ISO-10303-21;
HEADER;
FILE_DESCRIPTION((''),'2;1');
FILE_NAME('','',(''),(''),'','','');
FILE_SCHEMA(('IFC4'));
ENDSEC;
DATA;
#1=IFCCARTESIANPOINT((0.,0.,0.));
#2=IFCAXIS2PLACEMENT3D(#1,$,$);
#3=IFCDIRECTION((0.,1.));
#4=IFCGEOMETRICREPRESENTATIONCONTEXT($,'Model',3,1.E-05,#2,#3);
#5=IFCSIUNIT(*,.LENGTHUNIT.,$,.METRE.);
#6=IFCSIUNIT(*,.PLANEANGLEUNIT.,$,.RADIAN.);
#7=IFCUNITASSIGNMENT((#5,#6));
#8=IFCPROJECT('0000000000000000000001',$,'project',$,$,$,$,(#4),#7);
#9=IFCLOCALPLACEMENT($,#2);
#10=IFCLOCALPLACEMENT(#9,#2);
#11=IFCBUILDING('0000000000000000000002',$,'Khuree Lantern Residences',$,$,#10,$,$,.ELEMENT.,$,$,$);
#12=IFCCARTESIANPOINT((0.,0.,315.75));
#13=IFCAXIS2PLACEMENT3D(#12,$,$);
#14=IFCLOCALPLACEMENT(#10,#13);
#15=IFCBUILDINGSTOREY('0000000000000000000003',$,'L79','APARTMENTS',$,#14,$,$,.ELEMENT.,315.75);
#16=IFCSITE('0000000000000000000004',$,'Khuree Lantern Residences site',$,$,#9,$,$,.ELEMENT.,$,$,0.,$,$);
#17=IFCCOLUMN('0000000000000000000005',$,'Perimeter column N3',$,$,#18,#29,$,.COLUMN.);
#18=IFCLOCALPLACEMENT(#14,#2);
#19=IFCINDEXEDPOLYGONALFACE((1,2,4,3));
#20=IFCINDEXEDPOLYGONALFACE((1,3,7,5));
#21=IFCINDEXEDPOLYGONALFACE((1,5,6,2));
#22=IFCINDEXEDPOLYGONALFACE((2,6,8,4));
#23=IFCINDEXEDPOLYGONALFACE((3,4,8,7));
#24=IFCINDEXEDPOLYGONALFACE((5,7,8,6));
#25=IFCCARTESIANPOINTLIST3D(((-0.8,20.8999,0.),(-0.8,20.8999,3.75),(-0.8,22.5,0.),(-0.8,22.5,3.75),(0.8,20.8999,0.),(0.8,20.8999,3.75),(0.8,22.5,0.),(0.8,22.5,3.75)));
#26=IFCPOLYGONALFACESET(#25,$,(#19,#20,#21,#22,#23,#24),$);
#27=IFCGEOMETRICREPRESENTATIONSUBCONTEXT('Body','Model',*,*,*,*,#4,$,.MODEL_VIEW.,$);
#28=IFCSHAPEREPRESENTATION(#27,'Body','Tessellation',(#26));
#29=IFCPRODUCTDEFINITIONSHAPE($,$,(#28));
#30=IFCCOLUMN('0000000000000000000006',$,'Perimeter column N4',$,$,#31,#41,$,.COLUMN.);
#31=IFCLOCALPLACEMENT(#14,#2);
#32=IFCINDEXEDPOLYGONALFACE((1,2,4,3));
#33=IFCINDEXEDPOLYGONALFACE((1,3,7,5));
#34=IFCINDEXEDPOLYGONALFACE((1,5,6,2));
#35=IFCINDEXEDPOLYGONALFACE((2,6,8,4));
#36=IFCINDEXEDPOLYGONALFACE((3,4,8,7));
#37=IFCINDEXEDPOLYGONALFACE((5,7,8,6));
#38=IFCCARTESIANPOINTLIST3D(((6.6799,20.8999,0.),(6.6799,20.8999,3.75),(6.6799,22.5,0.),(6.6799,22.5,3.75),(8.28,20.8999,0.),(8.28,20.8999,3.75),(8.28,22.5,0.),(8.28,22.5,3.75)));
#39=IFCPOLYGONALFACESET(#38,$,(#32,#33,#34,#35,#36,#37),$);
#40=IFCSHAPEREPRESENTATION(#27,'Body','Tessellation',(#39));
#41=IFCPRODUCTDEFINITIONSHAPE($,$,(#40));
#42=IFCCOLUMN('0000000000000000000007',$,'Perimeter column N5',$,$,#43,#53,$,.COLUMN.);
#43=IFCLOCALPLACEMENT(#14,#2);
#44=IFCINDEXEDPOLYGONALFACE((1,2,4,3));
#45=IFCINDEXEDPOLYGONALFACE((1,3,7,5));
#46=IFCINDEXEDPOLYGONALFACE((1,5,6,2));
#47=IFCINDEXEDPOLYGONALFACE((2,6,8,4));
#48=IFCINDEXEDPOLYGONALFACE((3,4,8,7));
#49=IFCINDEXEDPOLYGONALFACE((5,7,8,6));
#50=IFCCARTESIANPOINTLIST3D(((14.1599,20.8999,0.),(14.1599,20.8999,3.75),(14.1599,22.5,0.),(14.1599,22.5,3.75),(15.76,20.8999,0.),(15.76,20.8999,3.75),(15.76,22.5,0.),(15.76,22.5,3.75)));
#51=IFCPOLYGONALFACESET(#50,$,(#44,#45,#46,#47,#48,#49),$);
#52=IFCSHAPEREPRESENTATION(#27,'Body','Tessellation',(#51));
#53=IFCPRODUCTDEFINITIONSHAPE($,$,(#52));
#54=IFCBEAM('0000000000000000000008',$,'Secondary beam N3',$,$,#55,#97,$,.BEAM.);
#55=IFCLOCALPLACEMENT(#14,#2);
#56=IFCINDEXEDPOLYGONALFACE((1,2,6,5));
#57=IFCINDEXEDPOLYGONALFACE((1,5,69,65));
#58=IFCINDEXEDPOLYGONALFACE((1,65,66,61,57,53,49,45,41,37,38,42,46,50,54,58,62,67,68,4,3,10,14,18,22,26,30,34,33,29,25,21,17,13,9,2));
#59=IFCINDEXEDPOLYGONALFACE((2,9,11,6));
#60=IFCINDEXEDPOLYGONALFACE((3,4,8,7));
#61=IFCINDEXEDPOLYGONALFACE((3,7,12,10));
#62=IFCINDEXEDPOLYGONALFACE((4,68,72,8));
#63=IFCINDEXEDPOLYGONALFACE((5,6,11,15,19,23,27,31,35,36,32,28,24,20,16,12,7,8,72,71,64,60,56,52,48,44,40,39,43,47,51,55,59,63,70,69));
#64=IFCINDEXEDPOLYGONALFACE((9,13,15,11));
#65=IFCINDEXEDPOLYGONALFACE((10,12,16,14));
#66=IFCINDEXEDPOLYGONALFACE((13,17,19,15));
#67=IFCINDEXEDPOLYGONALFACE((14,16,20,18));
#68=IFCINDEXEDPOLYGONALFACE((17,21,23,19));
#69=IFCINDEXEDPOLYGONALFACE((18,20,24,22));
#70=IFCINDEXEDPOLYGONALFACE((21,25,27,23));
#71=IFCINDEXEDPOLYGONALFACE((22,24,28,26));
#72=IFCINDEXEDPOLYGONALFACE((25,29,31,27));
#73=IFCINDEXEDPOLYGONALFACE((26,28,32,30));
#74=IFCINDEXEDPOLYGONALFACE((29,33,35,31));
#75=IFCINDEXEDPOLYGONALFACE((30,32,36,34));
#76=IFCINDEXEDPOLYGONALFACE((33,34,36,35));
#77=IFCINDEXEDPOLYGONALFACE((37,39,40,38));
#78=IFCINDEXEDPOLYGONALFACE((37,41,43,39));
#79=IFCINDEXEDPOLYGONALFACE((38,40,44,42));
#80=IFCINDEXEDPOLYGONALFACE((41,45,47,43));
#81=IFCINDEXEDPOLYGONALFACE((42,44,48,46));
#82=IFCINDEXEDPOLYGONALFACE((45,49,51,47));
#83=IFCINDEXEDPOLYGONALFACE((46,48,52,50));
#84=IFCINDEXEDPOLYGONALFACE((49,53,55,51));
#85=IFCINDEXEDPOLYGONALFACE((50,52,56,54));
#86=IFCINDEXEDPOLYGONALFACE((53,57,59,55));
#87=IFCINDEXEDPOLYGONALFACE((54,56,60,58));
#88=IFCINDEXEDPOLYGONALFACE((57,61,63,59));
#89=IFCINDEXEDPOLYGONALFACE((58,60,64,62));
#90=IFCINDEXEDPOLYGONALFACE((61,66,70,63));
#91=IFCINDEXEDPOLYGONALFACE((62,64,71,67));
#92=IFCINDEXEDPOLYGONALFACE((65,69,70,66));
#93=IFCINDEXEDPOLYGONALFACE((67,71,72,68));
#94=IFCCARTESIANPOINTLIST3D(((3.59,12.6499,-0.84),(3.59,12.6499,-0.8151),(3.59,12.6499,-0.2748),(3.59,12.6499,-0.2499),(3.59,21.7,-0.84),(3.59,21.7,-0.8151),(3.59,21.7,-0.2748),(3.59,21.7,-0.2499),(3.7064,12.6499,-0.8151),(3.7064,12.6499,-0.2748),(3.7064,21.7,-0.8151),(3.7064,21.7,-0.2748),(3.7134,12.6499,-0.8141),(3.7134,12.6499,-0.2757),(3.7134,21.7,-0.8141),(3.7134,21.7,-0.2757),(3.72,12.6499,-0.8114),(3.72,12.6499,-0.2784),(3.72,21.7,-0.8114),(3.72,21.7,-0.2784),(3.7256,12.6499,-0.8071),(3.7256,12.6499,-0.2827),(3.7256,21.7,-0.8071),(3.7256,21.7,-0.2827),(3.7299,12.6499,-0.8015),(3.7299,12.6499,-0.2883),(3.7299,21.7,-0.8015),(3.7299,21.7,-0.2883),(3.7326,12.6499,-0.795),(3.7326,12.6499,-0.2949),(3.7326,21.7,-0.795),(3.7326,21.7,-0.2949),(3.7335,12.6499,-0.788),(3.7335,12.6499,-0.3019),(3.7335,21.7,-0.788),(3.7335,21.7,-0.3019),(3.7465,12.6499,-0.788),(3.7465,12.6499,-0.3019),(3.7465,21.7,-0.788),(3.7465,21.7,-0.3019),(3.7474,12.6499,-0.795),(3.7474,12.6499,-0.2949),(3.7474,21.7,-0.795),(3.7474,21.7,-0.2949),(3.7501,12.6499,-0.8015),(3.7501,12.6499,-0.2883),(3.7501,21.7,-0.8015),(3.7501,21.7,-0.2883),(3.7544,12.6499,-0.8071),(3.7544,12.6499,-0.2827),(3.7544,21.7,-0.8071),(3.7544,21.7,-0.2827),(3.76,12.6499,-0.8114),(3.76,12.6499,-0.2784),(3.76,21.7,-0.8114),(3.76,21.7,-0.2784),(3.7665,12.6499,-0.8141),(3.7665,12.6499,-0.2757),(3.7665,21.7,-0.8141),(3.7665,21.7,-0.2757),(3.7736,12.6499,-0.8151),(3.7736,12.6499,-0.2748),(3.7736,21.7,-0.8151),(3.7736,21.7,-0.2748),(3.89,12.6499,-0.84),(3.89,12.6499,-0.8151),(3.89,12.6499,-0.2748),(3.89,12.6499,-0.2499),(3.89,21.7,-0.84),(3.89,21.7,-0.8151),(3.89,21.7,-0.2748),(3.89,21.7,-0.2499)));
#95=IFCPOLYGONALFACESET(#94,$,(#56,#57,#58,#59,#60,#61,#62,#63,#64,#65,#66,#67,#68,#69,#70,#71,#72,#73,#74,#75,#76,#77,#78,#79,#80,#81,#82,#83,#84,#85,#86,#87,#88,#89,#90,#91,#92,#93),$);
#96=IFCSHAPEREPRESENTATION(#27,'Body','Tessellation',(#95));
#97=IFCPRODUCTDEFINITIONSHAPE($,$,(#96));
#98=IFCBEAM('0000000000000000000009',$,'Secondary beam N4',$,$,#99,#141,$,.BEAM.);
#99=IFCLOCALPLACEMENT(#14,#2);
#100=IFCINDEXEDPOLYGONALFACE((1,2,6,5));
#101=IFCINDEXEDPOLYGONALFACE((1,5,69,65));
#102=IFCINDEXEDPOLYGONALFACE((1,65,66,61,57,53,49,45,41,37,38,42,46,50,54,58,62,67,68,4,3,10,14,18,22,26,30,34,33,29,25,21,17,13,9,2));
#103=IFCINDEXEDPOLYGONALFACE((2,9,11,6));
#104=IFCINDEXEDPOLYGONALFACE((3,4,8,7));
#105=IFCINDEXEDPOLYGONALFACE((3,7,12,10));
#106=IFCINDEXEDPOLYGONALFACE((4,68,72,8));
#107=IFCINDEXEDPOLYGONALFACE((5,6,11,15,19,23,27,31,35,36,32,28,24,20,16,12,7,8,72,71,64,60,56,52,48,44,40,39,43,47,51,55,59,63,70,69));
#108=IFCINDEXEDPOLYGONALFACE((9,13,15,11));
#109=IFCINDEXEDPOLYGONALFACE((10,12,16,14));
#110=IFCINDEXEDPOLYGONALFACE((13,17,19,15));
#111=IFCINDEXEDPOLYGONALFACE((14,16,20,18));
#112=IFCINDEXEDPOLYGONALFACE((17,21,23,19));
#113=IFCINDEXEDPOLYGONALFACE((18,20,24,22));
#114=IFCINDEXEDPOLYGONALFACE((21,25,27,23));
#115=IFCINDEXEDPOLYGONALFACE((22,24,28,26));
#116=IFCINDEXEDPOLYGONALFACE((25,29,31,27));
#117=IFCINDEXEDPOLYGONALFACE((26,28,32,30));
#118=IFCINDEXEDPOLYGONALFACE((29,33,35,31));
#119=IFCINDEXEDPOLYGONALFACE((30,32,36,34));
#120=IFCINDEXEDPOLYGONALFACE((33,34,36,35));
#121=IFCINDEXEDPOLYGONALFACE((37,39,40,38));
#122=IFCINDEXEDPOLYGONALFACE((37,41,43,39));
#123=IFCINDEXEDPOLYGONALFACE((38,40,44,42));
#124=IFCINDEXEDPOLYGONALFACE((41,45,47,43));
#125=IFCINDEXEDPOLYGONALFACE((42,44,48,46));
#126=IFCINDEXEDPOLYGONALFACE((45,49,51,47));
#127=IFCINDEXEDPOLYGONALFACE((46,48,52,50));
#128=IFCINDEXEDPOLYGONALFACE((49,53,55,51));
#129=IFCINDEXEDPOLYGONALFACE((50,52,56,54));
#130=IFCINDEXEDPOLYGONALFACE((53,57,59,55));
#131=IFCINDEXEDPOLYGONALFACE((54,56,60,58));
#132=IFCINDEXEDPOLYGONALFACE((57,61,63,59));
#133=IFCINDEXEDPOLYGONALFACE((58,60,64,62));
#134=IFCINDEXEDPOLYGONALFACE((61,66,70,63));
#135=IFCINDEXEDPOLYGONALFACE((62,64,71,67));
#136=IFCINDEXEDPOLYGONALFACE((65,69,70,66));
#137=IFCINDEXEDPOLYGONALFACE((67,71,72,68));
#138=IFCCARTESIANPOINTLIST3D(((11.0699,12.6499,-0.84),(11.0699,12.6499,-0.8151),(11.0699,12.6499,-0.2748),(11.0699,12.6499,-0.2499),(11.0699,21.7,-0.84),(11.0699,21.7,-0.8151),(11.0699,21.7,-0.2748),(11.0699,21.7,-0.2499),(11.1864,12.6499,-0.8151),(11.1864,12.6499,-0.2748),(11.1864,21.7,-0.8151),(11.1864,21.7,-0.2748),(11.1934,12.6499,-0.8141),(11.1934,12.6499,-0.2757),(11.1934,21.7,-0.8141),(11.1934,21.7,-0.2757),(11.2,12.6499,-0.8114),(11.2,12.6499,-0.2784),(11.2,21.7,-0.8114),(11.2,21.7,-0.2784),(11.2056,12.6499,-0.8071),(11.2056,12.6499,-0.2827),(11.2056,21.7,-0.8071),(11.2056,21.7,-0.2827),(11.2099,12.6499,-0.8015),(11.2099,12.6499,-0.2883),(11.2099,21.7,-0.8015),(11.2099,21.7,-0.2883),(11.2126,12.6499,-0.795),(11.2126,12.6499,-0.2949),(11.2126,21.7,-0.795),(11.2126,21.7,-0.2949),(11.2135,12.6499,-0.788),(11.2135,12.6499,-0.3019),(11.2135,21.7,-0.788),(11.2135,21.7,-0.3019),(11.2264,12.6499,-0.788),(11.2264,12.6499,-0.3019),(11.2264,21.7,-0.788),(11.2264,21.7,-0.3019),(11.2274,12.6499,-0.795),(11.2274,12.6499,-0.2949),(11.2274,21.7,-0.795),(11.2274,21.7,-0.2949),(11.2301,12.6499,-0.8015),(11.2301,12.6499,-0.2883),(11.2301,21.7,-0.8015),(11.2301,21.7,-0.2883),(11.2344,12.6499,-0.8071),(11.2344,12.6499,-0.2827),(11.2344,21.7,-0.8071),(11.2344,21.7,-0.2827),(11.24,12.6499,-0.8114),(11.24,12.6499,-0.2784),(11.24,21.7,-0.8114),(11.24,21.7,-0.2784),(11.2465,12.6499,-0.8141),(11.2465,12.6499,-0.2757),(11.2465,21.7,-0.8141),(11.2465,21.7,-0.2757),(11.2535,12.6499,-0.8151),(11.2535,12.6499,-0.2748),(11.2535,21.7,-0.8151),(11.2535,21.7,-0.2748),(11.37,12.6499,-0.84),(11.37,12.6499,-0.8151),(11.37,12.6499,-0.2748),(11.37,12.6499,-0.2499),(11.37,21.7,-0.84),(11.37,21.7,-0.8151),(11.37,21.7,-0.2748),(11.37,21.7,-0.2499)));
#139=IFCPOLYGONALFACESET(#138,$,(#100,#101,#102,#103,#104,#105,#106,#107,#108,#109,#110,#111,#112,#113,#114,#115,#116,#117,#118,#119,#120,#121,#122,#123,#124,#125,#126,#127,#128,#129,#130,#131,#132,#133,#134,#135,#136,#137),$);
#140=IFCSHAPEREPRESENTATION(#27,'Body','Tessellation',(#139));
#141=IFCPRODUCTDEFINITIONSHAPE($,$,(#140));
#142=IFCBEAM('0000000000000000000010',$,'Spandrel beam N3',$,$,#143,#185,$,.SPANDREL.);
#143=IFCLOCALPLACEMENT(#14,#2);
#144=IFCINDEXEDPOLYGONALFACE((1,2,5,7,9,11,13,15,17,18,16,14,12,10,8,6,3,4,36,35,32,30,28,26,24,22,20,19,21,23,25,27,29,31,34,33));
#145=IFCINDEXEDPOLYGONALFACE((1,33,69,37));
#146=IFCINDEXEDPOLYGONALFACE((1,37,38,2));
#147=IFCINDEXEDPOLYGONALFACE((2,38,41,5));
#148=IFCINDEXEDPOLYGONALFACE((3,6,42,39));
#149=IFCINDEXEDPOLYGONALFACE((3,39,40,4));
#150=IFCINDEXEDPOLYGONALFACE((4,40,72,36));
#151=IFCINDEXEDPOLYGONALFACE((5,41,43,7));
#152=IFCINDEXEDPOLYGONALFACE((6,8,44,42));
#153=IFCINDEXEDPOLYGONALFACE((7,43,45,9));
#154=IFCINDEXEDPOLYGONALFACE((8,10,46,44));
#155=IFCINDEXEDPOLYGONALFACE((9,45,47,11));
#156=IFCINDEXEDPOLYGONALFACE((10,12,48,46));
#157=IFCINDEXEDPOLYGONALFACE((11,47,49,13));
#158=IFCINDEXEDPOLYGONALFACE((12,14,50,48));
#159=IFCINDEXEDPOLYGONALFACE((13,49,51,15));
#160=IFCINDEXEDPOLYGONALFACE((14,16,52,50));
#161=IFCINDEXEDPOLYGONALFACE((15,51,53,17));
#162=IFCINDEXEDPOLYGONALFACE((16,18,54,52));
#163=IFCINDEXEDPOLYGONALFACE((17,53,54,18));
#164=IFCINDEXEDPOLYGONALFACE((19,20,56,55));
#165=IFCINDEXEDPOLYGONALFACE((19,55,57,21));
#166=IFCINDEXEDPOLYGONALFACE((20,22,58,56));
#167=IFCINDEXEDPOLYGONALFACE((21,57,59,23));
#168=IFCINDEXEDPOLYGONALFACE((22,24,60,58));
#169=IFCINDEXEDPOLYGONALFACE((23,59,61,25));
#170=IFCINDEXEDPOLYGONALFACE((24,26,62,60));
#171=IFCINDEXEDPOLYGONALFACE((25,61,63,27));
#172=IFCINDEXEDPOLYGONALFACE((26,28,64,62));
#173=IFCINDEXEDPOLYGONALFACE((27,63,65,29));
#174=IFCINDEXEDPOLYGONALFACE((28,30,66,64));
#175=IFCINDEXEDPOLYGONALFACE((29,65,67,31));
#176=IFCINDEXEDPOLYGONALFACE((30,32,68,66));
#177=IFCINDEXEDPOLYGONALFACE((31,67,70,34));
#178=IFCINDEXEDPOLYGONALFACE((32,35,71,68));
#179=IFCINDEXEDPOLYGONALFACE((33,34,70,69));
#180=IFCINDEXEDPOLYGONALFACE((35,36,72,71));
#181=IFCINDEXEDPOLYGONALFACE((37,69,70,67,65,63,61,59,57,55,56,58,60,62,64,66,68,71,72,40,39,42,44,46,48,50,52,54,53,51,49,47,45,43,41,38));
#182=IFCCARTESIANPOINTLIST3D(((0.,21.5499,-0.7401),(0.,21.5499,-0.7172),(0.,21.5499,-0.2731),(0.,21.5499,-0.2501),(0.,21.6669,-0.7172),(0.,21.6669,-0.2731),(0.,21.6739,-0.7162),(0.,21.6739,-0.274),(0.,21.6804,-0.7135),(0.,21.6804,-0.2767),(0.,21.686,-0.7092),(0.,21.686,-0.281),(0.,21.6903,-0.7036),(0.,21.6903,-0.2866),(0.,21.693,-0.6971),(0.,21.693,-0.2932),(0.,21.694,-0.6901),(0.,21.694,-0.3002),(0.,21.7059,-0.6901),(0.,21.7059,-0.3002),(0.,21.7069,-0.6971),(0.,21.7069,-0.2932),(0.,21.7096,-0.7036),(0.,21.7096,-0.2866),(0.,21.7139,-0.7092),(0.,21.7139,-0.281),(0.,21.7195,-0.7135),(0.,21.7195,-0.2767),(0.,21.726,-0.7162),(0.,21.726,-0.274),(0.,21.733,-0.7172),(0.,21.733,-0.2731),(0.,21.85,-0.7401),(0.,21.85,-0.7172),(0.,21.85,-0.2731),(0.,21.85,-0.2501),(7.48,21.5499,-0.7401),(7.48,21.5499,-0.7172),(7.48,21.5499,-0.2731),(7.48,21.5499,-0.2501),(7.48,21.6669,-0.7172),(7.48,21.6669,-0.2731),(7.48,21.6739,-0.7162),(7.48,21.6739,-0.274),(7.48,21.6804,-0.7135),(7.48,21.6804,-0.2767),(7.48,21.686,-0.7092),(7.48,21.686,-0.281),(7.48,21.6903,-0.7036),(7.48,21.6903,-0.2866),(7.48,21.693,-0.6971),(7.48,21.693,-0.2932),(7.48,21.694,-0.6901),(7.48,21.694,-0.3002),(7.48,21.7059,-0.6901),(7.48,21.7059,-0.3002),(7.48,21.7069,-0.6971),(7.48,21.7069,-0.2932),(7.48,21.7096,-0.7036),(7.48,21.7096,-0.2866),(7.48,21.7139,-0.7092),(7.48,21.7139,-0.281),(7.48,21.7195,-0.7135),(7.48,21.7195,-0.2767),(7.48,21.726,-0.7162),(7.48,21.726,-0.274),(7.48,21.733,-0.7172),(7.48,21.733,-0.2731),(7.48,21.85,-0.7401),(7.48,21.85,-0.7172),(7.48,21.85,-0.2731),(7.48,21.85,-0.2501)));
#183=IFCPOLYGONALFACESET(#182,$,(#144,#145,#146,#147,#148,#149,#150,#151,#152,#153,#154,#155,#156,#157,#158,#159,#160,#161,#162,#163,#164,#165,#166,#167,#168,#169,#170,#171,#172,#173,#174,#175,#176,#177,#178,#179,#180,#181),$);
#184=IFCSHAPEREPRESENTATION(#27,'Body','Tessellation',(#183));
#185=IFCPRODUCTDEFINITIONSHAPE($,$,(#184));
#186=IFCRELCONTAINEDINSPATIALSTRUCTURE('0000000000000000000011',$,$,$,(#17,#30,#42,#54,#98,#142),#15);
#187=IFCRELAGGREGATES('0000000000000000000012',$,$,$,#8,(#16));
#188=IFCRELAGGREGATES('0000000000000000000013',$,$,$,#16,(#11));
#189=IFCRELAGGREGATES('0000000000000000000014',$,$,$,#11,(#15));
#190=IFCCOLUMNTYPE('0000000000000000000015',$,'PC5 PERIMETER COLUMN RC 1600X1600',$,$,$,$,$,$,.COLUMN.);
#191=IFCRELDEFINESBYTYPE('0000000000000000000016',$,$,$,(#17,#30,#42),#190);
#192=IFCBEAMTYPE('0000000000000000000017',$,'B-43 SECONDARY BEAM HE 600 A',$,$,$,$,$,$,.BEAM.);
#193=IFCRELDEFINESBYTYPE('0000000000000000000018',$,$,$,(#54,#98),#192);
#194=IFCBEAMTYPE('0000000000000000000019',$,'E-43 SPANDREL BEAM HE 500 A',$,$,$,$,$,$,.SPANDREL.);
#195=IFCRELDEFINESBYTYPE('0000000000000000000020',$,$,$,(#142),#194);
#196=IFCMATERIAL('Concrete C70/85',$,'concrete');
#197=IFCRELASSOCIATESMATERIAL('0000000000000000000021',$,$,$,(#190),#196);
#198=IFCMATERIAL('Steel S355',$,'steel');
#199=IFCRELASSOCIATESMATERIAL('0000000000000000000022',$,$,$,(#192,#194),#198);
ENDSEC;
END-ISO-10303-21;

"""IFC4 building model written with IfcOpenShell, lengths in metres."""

from ifc_helpers import new_model, si_unit, direction, frame, origin, origin_2d, place, context, subcontext, project, spatial, rectangle, i_section, extrude, material, material_profile, profile_set, type_object, element, save


model = new_model("IFC4")

# Units and contexts
model_context = context("Model", 3, precision=1e-05, world=origin(), true_north=direction((0.0, 1.0)))
body_context = subcontext(model_context, "Body", "Model", "MODEL_VIEW")
ifc_project = project(units=[si_unit("LENGTHUNIT", "METRE"), si_unit("PLANEANGLEUNIT", "RADIAN")], contexts=[model_context])

# Site, building, storey
site_placement = place(None, origin())
site = spatial("IfcSite", under=ifc_project, at=site_placement, Name="Khuree Lantern Residences site", CompositionType="ELEMENT", RefElevation=0.0)
building_placement = place(site_placement, origin())
building = spatial("IfcBuilding", under=site, at=building_placement, Name="Khuree Lantern Residences", CompositionType="ELEMENT")
storey_placement = place(building_placement, frame((0.0, 0.0, 315.75)))
storey = spatial("IfcBuildingStorey", under=building, at=storey_placement, Name="L79", Description="APARTMENTS", CompositionType="ELEMENT", Elevation=315.75)

# Columns
ifc_material_1 = material(Name="Concrete C70/85", Category="concrete")
ifc_material_profile_1 = material_profile(ifc_material_1, rectangle(XDim=1.6001, YDim=1.6001, at=origin_2d()), Name="RC 1600X1600")
ifc_profile_set_1 = profile_set([ifc_material_profile_1], Name="Concrete C70/85")
column_type = type_object("IfcColumnType", Name="PC5 PERIMETER COLUMN RC 1600X1600", PredefinedType="COLUMN", material=ifc_profile_set_1)
for number, where, z_axis, x_axis, name in (
    (1, (0.0, 21.7, 0.0), (0.0, 0.0, 1.0), (1.0, 0.0, 0.0), "Perimeter column N3"),
    (2, (7.48, 21.7, 0.0), (0.0, 0.0, 1.0), (1.0, 0.0, 0.0), "Perimeter column N4"),
    (3, (14.96, 21.7, 0.0), (0.0, 0.0, 1.0), (1.0, 0.0, 0.0), "Perimeter column N5"),
):
    element("IfcColumn", number, at=place(storey_placement, frame(where, z_axis=z_axis, x_axis=x_axis)), inside=storey, type_object=column_type, Name=name, PredefinedType="COLUMN", context=body_context, shape_type="SweptSolid", body=[
        extrude(rectangle(XDim=1.6001, YDim=1.6001, at=origin_2d()), origin(), (0.0, 0.0, 1.0), 3.75),
    ])

# Beams
ifc_material_2 = material(Name="Steel S355", Category="steel")
ifc_material_profile_2 = material_profile(ifc_material_2, i_section(OverallWidth=0.3, OverallDepth=0.5901, WebThickness=0.0129, FlangeThickness=0.0249, FilletRadius=0.0271, at=origin_2d()), Name="HE 600 A")
ifc_profile_set_2 = profile_set([ifc_material_profile_2], Name="Steel S355")
beam_type_1 = type_object("IfcBeamType", Name="B-43 SECONDARY BEAM HE 600 A", PredefinedType="BEAM", material=ifc_profile_set_2)
for number, where, z_axis, x_axis, name in (
    (4, (3.74, 21.7, -0.5449), (0.0, -1.0, 0.0), (1.0, 0.0, 0.0), "Secondary beam N3"),
    (5, (11.22, 21.7, -0.5449), (0.0, -1.0, 0.0), (1.0, 0.0, 0.0), "Secondary beam N4"),
):
    element("IfcBeam", number, at=place(storey_placement, frame(where, z_axis=z_axis, x_axis=x_axis)), inside=storey, type_object=beam_type_1, Name=name, PredefinedType="BEAM", context=body_context, shape_type="SweptSolid", body=[
        extrude(i_section(OverallWidth=0.3, OverallDepth=0.5901, WebThickness=0.0129, FlangeThickness=0.0249, FilletRadius=0.0271, at=origin_2d()), origin(), (0.0, 0.0, 1.0), 9.05),
    ])
ifc_material_profile_3 = material_profile(ifc_material_2, i_section(OverallWidth=0.3, OverallDepth=0.49, WebThickness=0.012, FlangeThickness=0.0229, FilletRadius=0.0271, at=origin_2d()), Name="HE 500 A")
ifc_profile_set_3 = profile_set([ifc_material_profile_3], Name="Steel S355")
beam_type_2 = type_object("IfcBeamType", Name="E-43 SPANDREL BEAM HE 500 A", PredefinedType="SPANDREL", material=ifc_profile_set_3)
for number, where, z_axis, x_axis, name in (
    (6, (0.0, 21.7, -0.4951), (1.0, 0.0, 0.0), (0.0, 1.0, 0.0), "Spandrel beam N3"),
):
    element("IfcBeam", number, at=place(storey_placement, frame(where, z_axis=z_axis, x_axis=x_axis)), inside=storey, type_object=beam_type_2, Name=name, PredefinedType="SPANDREL", context=body_context, shape_type="SweptSolid", body=[
        extrude(i_section(OverallWidth=0.3, OverallDepth=0.49, WebThickness=0.012, FlangeThickness=0.0229, FilletRadius=0.0271, at=origin_2d()), origin(), (0.0, 0.0, 1.0), 7.48),
    ])

save(model, "model.ifc")
